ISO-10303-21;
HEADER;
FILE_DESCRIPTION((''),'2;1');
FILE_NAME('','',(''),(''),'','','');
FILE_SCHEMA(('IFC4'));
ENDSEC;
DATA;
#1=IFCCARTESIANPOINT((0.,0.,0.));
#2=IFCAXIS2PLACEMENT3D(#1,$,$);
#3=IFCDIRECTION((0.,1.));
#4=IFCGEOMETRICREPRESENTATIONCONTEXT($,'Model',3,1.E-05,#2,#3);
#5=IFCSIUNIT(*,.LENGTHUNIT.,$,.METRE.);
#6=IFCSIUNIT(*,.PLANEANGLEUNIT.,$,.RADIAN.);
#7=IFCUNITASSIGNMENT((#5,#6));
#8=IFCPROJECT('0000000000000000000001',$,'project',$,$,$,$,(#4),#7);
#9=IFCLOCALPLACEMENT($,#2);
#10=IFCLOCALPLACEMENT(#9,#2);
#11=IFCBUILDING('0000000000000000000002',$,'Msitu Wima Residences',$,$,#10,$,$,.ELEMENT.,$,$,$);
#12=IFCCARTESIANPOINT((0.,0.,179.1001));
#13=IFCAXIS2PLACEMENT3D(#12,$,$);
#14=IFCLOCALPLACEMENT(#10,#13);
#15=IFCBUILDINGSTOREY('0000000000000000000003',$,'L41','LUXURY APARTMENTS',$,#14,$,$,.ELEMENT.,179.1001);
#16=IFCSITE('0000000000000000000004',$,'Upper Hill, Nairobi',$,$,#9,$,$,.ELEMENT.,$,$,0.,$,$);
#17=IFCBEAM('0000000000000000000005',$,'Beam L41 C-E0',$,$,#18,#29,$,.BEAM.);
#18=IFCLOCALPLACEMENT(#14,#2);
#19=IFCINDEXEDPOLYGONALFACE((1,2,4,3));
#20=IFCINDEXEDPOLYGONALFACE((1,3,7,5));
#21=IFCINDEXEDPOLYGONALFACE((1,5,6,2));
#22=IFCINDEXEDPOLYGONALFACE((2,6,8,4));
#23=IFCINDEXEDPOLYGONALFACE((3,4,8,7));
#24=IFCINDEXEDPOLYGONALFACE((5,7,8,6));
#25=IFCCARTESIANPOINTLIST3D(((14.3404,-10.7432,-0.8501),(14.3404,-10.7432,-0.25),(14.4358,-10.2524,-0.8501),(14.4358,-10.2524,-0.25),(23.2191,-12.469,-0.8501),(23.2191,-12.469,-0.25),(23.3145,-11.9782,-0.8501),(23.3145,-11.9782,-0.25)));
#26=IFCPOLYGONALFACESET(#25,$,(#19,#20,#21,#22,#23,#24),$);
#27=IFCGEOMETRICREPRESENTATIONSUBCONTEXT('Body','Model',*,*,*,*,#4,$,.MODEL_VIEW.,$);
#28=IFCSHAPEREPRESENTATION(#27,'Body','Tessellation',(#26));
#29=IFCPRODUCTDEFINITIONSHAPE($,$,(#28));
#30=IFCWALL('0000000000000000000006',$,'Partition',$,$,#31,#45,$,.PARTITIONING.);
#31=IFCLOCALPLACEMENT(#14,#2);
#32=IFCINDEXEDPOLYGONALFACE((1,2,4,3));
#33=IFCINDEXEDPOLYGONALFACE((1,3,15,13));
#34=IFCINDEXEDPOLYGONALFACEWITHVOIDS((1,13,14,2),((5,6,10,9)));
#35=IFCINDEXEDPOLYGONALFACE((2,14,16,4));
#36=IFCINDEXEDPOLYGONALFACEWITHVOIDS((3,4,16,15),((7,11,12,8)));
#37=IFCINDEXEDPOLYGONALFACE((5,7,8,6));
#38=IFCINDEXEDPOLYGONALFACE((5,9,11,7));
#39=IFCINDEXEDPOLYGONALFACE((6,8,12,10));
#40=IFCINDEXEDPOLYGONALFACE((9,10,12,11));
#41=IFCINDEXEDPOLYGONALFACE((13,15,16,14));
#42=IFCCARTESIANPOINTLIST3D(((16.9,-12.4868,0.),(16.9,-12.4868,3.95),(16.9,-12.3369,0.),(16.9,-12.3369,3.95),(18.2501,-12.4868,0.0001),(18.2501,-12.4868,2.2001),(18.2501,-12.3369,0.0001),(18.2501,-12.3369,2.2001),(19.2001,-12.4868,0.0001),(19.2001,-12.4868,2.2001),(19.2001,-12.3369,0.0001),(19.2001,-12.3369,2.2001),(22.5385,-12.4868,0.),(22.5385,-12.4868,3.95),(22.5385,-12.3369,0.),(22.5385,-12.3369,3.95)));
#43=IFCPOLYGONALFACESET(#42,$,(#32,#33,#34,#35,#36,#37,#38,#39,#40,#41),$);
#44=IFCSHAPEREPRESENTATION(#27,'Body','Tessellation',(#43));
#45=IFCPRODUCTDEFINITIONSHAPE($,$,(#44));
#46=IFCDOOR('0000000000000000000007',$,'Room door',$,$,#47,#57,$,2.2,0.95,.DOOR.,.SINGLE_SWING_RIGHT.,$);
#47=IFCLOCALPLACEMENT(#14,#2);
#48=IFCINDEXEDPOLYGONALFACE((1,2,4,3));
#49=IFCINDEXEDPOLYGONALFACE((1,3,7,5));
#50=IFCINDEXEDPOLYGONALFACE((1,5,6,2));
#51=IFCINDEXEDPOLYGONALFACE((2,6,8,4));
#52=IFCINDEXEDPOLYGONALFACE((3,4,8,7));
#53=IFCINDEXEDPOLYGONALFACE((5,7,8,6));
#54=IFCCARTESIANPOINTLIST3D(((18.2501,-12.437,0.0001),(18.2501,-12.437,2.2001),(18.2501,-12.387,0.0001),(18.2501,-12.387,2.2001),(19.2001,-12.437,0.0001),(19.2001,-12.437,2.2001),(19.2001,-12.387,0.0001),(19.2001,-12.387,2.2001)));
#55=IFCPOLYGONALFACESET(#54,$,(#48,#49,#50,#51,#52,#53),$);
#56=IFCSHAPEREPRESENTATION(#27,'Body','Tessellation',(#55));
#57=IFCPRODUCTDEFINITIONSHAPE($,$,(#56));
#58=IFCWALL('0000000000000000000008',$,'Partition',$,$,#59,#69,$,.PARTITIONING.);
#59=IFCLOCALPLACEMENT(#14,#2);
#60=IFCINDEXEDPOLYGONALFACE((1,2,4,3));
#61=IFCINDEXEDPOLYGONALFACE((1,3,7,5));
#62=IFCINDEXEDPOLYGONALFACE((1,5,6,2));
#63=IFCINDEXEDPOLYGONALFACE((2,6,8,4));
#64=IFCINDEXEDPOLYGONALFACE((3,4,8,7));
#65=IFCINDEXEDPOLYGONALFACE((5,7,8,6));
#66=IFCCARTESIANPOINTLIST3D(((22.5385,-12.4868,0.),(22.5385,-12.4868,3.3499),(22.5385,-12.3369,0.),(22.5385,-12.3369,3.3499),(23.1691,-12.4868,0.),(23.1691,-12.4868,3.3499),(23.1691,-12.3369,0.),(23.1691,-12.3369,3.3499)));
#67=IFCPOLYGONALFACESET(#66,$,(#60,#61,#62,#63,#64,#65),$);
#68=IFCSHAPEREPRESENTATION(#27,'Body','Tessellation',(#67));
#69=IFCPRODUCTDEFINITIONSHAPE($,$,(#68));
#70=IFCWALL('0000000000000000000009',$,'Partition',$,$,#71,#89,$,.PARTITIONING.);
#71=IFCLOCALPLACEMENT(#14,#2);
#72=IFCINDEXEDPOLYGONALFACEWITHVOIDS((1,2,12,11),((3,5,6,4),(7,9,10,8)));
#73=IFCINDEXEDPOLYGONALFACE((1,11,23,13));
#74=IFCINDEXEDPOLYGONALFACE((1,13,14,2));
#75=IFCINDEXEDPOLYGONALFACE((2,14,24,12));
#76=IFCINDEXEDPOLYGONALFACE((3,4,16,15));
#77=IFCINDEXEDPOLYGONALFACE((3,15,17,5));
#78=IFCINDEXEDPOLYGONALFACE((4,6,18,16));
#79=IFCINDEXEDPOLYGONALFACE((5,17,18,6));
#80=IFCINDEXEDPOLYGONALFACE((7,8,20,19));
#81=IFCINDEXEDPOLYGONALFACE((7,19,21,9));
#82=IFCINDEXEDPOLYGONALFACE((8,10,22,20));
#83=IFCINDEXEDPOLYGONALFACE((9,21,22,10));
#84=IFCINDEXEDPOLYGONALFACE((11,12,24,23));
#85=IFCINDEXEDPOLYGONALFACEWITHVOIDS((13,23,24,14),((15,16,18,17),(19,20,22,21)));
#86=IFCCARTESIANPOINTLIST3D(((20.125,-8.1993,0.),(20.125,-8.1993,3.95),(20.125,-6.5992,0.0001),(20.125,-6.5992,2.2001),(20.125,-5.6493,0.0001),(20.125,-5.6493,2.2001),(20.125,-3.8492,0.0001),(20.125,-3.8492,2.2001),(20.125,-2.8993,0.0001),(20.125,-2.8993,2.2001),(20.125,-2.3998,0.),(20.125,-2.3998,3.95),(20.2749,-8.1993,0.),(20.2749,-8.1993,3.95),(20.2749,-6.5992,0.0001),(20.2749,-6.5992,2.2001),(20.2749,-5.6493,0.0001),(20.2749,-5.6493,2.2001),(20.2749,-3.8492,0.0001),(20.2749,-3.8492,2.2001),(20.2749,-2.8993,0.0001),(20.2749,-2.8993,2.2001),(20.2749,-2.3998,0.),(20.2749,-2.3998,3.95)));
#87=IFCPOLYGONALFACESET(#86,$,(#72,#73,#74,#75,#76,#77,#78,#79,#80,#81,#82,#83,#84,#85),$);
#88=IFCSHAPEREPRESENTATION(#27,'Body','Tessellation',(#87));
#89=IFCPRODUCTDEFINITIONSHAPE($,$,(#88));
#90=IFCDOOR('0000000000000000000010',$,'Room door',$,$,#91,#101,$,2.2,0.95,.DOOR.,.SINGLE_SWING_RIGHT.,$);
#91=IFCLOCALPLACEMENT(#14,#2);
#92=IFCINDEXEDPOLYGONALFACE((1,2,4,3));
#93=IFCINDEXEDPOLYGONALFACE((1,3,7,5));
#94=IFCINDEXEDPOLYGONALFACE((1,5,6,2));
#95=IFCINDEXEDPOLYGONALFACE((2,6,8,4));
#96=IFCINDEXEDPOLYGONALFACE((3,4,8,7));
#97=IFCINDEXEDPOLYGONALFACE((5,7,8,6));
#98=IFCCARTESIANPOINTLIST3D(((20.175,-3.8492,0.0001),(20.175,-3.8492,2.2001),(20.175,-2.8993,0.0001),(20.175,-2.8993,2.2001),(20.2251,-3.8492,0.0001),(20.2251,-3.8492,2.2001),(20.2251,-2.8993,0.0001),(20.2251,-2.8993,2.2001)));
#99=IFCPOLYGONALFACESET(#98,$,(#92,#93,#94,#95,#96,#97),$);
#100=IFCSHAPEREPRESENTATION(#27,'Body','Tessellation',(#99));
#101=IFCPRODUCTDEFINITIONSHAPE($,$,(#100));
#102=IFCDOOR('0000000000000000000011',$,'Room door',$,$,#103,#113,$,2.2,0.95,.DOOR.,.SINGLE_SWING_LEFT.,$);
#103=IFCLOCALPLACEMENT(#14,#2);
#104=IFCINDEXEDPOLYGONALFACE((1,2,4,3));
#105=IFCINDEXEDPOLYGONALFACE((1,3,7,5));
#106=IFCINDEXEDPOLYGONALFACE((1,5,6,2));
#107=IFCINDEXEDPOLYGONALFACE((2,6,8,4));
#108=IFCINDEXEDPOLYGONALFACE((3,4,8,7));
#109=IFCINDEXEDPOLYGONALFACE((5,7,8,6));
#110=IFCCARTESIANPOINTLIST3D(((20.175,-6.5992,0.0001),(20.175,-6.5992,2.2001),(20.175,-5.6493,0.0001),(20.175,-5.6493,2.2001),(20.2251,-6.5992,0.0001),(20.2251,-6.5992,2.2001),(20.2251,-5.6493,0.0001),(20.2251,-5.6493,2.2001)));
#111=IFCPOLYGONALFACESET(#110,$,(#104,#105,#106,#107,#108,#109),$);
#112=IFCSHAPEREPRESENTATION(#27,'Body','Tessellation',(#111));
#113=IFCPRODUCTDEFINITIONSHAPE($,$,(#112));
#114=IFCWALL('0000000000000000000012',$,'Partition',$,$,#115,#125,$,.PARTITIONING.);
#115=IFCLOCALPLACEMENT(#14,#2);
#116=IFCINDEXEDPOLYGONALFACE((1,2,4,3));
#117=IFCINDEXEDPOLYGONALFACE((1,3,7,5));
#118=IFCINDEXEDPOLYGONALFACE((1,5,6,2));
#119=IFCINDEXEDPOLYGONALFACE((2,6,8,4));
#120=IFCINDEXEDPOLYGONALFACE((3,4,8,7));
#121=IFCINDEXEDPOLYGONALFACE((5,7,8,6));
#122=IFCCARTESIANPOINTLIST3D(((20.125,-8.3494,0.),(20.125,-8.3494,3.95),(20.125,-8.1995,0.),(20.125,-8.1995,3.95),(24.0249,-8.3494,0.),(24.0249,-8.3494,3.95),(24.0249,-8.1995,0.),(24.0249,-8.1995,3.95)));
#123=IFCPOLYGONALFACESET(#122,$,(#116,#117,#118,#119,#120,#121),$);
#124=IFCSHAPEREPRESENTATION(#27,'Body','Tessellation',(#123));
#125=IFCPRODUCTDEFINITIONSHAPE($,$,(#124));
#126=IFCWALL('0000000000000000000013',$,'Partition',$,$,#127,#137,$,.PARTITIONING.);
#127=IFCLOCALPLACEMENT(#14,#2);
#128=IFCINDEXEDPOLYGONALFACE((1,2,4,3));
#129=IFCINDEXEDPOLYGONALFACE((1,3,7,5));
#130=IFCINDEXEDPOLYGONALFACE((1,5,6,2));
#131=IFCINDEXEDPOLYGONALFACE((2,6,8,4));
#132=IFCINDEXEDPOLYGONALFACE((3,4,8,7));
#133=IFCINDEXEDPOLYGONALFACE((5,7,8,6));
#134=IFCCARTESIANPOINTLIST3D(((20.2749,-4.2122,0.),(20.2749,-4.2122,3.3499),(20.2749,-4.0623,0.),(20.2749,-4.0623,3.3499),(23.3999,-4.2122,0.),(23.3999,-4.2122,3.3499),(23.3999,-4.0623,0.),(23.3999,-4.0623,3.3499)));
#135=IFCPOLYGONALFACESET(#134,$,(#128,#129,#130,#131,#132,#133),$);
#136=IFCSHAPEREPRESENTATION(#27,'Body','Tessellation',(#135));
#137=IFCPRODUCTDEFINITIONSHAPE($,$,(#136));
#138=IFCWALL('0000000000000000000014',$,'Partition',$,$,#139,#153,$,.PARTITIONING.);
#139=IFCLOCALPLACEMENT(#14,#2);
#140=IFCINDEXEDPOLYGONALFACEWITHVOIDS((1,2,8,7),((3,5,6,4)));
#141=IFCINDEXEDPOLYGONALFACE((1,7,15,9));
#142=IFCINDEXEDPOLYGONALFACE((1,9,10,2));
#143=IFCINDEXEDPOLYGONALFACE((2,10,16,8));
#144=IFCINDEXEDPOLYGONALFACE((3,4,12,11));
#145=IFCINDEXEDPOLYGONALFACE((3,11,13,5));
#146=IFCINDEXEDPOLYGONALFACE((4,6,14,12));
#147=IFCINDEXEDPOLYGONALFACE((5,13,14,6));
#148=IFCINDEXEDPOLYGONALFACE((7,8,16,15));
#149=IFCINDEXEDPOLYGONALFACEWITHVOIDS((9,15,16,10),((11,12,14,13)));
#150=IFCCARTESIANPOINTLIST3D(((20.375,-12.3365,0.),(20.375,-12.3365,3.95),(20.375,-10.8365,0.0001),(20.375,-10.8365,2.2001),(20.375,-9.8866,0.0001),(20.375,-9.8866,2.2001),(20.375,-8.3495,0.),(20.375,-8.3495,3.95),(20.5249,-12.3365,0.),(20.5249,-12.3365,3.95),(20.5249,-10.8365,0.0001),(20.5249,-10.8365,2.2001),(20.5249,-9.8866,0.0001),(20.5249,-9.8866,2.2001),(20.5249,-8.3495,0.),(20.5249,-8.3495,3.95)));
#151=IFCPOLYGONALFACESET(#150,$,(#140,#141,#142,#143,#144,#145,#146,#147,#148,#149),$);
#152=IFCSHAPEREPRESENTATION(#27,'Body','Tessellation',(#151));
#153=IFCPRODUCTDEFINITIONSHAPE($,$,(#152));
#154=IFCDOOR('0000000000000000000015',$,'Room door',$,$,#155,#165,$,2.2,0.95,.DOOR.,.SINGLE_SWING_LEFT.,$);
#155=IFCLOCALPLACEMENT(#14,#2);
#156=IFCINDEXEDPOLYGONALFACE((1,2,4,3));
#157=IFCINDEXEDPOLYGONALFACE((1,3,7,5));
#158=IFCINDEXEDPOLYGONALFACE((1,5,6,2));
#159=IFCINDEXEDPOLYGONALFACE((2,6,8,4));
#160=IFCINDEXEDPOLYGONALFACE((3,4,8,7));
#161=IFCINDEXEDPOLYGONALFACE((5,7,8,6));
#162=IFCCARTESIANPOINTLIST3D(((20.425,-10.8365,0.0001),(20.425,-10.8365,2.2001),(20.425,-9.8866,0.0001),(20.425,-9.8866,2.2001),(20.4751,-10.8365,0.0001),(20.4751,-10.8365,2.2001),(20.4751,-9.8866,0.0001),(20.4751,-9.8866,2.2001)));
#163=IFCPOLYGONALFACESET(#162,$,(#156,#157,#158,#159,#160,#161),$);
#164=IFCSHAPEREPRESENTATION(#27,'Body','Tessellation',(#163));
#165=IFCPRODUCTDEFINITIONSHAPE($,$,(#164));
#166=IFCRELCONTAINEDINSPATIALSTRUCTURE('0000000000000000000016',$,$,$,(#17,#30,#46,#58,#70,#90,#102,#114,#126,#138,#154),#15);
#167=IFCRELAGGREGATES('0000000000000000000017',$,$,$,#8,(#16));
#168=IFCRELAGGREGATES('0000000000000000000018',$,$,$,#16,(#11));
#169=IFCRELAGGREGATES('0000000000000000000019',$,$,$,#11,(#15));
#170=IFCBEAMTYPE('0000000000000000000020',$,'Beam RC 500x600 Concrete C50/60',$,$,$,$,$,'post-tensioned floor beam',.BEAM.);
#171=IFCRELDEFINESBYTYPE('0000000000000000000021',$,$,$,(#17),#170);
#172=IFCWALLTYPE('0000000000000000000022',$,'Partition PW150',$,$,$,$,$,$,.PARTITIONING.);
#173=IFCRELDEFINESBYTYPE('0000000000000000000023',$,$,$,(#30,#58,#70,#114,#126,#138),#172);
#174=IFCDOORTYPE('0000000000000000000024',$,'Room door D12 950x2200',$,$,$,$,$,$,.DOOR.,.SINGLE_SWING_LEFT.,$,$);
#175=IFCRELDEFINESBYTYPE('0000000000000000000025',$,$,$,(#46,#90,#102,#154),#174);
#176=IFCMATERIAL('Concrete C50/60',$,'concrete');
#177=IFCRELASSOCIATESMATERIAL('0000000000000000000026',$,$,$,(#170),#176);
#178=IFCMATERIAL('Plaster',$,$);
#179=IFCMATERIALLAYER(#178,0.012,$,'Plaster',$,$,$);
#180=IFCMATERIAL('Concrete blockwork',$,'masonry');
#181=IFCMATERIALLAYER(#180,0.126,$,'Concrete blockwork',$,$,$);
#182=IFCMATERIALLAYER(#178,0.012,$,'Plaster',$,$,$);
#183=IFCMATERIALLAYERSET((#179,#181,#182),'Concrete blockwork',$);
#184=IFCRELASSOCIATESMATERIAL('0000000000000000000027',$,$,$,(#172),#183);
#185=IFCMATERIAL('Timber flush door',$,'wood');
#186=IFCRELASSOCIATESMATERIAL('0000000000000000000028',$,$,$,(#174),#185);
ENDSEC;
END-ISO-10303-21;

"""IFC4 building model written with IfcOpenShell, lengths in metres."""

from ifc_helpers import new_model, si_unit, direction, frame, frame_2d, origin, origin_2d, place, context, subcontext, project, spatial, rectangle, extrude, material, layer, layer_set, material_profile, profile_set, type_object, element, fill, save


model = new_model("IFC4")

# Units and contexts
model_context = context("Model", 3, precision=1e-05, world=origin(), true_north=direction((0.0, 1.0)))
body_context = subcontext(model_context, "Body", "Model", "MODEL_VIEW")
ifc_project = project(units=[si_unit("LENGTHUNIT", "METRE"), si_unit("PLANEANGLEUNIT", "RADIAN")], contexts=[model_context])

# Site, building, storey
site_placement = place(None, origin())
site = spatial("IfcSite", under=ifc_project, at=site_placement, Name="Upper Hill, Nairobi", CompositionType="ELEMENT", RefElevation=0.0)
building_placement = place(site_placement, origin())
building = spatial("IfcBuilding", under=site, at=building_placement, Name="Msitu Wima Residences", CompositionType="ELEMENT")
storey_placement = place(building_placement, frame((0.0, 0.0, 179.1001)))
storey = spatial("IfcBuildingStorey", under=building, at=storey_placement, Name="L41", Description="LUXURY APARTMENTS", CompositionType="ELEMENT", Elevation=179.1001)

# Beam
ifc_material_1 = material(Name="Concrete C50/60", Category="concrete")
ifc_material_profile = material_profile(ifc_material_1, rectangle(XDim=0.5, YDim=0.6001, at=origin_2d()), Name="RC 500x600")
ifc_profile_set = profile_set([ifc_material_profile], Name="Concrete C50/60")
beam_type = type_object("IfcBeamType", Name="Beam RC 500x600 Concrete C50/60", ElementType="post-tensioned floor beam", PredefinedType="BEAM", material=ifc_profile_set)
beam_placement = place(storey_placement, frame((23.2668, -12.2236, -0.55), z_axis=(-0.981627, 0.190808, 0.0), x_axis=(-0.190808, -0.981627, 0.0)))
element("IfcBeam", 1, at=beam_placement, inside=storey, type_object=beam_type, Name="Beam L41 C-E0", PredefinedType="BEAM", context=body_context, shape_type="SweptSolid", body=[
    extrude(rectangle(XDim=0.5, YDim=0.6001, at=origin_2d()), origin(), (0.0, 0.0, 1.0), 9.0449),
])

# Wall, opening, door
ifc_material_2 = material(Name="Plaster")
ifc_layer_1 = layer(ifc_material_2, 0.012, Name="Plaster")
ifc_material_3 = material(Name="Concrete blockwork", Category="masonry")
ifc_layer_2 = layer(ifc_material_3, 0.126, Name="Concrete blockwork")
ifc_layer_3 = layer(ifc_material_2, 0.012, Name="Plaster")
ifc_layer_set_1 = layer_set([ifc_layer_1, ifc_layer_2, ifc_layer_3], Name="Concrete blockwork")
wall_type_1 = type_object("IfcWallType", Name="Partition PW150", PredefinedType="PARTITIONING", material=ifc_layer_set_1)
wall_1_placement = place(storey_placement, frame((16.8999, -12.4119, 0.0), z_axis=(0.0, 0.0, 1.0), x_axis=(1.0, 0.0, 0.0)))
wall_1 = element("IfcWall", 2, at=wall_1_placement, inside=storey, type_object=wall_type_1, Name="Partition", PredefinedType="PARTITIONING", context=body_context, shape_type="SweptSolid", body=[
    extrude(rectangle(XDim=5.6384, YDim=0.1499, at=frame_2d((2.8193, 0.0))), origin(), (0.0, 0.0, 1.0), 3.95),
])
opening_1_placement = place(wall_1_placement, frame((1.3501, 0.0, 0.0)))
opening_1 = element("IfcOpeningElement", 3, at=opening_1_placement, cuts=wall_1, PredefinedType="OPENING", context=body_context, shape_type="SweptSolid", body=[
    extrude(rectangle(XDim=0.95, YDim=2.2, at=frame_2d((0.4751, 1.1001))), frame((0.0, 0.085, 0.0), z_axis=(0.0, -1.0, 0.0), x_axis=(1.0, 0.0, 0.0)), (0.0, 0.0, 1.0), 0.1699),
])
ifc_material_4 = material(Name="Timber flush door", Category="wood")
door_type_1 = type_object("IfcDoorType", Name="Room door D12 950x2200", OperationType="SINGLE_SWING_LEFT", PredefinedType="DOOR", material=ifc_material_4)
door_1_placement = place(opening_1_placement, origin())
door_1 = element("IfcDoor", 4, at=door_1_placement, inside=storey, type_object=door_type_1, Name="Room door", OperationType="SINGLE_SWING_RIGHT", OverallHeight=2.2, OverallWidth=0.95, PredefinedType="DOOR", context=body_context, shape_type="SweptSolid", body=[
    extrude(rectangle(XDim=0.95, YDim=2.2, at=frame_2d((0.4751, 1.1001))), frame((0.0, 0.0249, 0.0), z_axis=(0.0, -1.0, 0.0), x_axis=(1.0, 0.0, 0.0)), (0.0, 0.0, 1.0), 0.05),
])
fill(opening_1, door_1)

# Wall
wall_2_placement = place(storey_placement, frame((22.5383, -12.4119, 0.0), z_axis=(0.0, 0.0, 1.0), x_axis=(1.0, 0.0, 0.0)))
element("IfcWall", 5, at=wall_2_placement, inside=storey, type_object=wall_type_1, Name="Partition", PredefinedType="PARTITIONING", context=body_context, shape_type="SweptSolid", body=[
    extrude(rectangle(XDim=0.6306, YDim=0.1499, at=frame_2d((0.3154, 0.0))), origin(), (0.0, 0.0, 1.0), 3.3499),
])

# Wall, openings, doors
wall_3_placement = place(storey_placement, frame((20.2, -8.1995, 0.0), z_axis=(0.0, 0.0, 1.0), x_axis=(0.0, 1.0, 0.0)))
wall_3 = element("IfcWall", 6, at=wall_3_placement, inside=storey, type_object=wall_type_1, Name="Partition", PredefinedType="PARTITIONING", context=body_context, shape_type="SweptSolid", body=[
    extrude(rectangle(XDim=5.7996, YDim=0.1499, at=frame_2d((2.8999, 0.0))), origin(), (0.0, 0.0, 1.0), 3.95),
])
opening_2_placement = place(wall_3_placement, frame((4.3501, 0.0, 0.0)))
opening_2 = element("IfcOpeningElement", 7, at=opening_2_placement, cuts=wall_3, PredefinedType="OPENING", context=body_context, shape_type="SweptSolid", body=[
    extrude(rectangle(XDim=0.95, YDim=2.2, at=frame_2d((0.4751, 1.1001))), frame((0.0, 0.085, 0.0), z_axis=(0.0, -1.0, 0.0), x_axis=(1.0, 0.0, 0.0)), (0.0, 0.0, 1.0), 0.1699),
])
opening_3_placement = place(wall_3_placement, frame((1.6001, 0.0, 0.0)))
opening_3 = element("IfcOpeningElement", 8, at=opening_3_placement, cuts=wall_3, PredefinedType="OPENING", context=body_context, shape_type="SweptSolid", body=[
    extrude(rectangle(XDim=0.95, YDim=2.2, at=frame_2d((0.4751, 1.1001))), frame((0.0, 0.085, 0.0), z_axis=(0.0, -1.0, 0.0), x_axis=(1.0, 0.0, 0.0)), (0.0, 0.0, 1.0), 0.1699),
])
door_2_placement = place(opening_2_placement, origin())
door_2 = element("IfcDoor", 9, at=door_2_placement, inside=storey, type_object=door_type_1, Name="Room door", OperationType="SINGLE_SWING_RIGHT", OverallHeight=2.2, OverallWidth=0.95, PredefinedType="DOOR", context=body_context, shape_type="SweptSolid", body=[
    extrude(rectangle(XDim=0.95, YDim=2.2, at=frame_2d((0.4751, 1.1001))), frame((0.0, 0.0249, 0.0), z_axis=(0.0, -1.0, 0.0), x_axis=(1.0, 0.0, 0.0)), (0.0, 0.0, 1.0), 0.05),
])
fill(opening_2, door_2)
door_3_placement = place(opening_3_placement, origin())
door_3 = element("IfcDoor", 10, at=door_3_placement, inside=storey, type_object=door_type_1, Name="Room door", OperationType="SINGLE_SWING_LEFT", OverallHeight=2.2, OverallWidth=0.95, PredefinedType="DOOR", context=body_context, shape_type="SweptSolid", body=[
    extrude(rectangle(XDim=0.95, YDim=2.2, at=frame_2d((0.4751, 1.1001))), frame((0.0, 0.0249, 0.0), z_axis=(0.0, -1.0, 0.0), x_axis=(1.0, 0.0, 0.0)), (0.0, 0.0, 1.0), 0.05),
])
fill(opening_3, door_3)

# Walls
wall_4_placement = place(storey_placement, frame((20.125, -8.2744, 0.0), z_axis=(0.0, 0.0, 1.0), x_axis=(1.0, 0.0, 0.0)))
element("IfcWall", 11, at=wall_4_placement, inside=storey, type_object=wall_type_1, Name="Partition", PredefinedType="PARTITIONING", context=body_context, shape_type="SweptSolid", body=[
    extrude(rectangle(XDim=3.8999, YDim=0.1499, at=frame_2d((1.95, 0.0))), origin(), (0.0, 0.0, 1.0), 3.95),
])
wall_5_placement = place(storey_placement, frame((20.2749, -4.1372, 0.0), z_axis=(0.0, 0.0, 1.0), x_axis=(1.0, 0.0, 0.0)))
element("IfcWall", 12, at=wall_5_placement, inside=storey, type_object=wall_type_1, Name="Partition", PredefinedType="PARTITIONING", context=body_context, shape_type="SweptSolid", body=[
    extrude(rectangle(XDim=3.125, YDim=0.1499, at=frame_2d((1.5625, 0.0))), origin(), (0.0, 0.0, 1.0), 3.3499),
])

# Wall, opening, door
wall_6_placement = place(storey_placement, frame((20.45, -12.3367, 0.0), z_axis=(0.0, 0.0, 1.0), x_axis=(0.0, 1.0, 0.0)))
wall_6 = element("IfcWall", 13, at=wall_6_placement, inside=storey, type_object=wall_type_1, Name="Partition", PredefinedType="PARTITIONING", context=body_context, shape_type="SweptSolid", body=[
    extrude(rectangle(XDim=3.9871, YDim=0.1499, at=frame_2d((1.9937, 0.0))), origin(), (0.0, 0.0, 1.0), 3.95),
])
opening_4_placement = place(wall_6_placement, frame((1.5, 0.0, 0.0)))
opening_4 = element("IfcOpeningElement", 14, at=opening_4_placement, cuts=wall_6, PredefinedType="OPENING", context=body_context, shape_type="SweptSolid", body=[
    extrude(rectangle(XDim=0.95, YDim=2.2, at=frame_2d((0.4751, 1.1001))), frame((0.0, 0.085, 0.0), z_axis=(0.0, -1.0, 0.0), x_axis=(1.0, 0.0, 0.0)), (0.0, 0.0, 1.0), 0.1699),
])
door_4_placement = place(opening_4_placement, origin())
door_4 = element("IfcDoor", 15, at=door_4_placement, inside=storey, type_object=door_type_1, Name="Room door", OperationType="SINGLE_SWING_LEFT", OverallHeight=2.2, OverallWidth=0.95, PredefinedType="DOOR", context=body_context, shape_type="SweptSolid", body=[
    extrude(rectangle(XDim=0.95, YDim=2.2, at=frame_2d((0.4751, 1.1001))), frame((0.0, 0.0249, 0.0), z_axis=(0.0, -1.0, 0.0), x_axis=(1.0, 0.0, 0.0)), (0.0, 0.0, 1.0), 0.05),
])
fill(opening_4, door_4)

save(model, "model.ifc")
